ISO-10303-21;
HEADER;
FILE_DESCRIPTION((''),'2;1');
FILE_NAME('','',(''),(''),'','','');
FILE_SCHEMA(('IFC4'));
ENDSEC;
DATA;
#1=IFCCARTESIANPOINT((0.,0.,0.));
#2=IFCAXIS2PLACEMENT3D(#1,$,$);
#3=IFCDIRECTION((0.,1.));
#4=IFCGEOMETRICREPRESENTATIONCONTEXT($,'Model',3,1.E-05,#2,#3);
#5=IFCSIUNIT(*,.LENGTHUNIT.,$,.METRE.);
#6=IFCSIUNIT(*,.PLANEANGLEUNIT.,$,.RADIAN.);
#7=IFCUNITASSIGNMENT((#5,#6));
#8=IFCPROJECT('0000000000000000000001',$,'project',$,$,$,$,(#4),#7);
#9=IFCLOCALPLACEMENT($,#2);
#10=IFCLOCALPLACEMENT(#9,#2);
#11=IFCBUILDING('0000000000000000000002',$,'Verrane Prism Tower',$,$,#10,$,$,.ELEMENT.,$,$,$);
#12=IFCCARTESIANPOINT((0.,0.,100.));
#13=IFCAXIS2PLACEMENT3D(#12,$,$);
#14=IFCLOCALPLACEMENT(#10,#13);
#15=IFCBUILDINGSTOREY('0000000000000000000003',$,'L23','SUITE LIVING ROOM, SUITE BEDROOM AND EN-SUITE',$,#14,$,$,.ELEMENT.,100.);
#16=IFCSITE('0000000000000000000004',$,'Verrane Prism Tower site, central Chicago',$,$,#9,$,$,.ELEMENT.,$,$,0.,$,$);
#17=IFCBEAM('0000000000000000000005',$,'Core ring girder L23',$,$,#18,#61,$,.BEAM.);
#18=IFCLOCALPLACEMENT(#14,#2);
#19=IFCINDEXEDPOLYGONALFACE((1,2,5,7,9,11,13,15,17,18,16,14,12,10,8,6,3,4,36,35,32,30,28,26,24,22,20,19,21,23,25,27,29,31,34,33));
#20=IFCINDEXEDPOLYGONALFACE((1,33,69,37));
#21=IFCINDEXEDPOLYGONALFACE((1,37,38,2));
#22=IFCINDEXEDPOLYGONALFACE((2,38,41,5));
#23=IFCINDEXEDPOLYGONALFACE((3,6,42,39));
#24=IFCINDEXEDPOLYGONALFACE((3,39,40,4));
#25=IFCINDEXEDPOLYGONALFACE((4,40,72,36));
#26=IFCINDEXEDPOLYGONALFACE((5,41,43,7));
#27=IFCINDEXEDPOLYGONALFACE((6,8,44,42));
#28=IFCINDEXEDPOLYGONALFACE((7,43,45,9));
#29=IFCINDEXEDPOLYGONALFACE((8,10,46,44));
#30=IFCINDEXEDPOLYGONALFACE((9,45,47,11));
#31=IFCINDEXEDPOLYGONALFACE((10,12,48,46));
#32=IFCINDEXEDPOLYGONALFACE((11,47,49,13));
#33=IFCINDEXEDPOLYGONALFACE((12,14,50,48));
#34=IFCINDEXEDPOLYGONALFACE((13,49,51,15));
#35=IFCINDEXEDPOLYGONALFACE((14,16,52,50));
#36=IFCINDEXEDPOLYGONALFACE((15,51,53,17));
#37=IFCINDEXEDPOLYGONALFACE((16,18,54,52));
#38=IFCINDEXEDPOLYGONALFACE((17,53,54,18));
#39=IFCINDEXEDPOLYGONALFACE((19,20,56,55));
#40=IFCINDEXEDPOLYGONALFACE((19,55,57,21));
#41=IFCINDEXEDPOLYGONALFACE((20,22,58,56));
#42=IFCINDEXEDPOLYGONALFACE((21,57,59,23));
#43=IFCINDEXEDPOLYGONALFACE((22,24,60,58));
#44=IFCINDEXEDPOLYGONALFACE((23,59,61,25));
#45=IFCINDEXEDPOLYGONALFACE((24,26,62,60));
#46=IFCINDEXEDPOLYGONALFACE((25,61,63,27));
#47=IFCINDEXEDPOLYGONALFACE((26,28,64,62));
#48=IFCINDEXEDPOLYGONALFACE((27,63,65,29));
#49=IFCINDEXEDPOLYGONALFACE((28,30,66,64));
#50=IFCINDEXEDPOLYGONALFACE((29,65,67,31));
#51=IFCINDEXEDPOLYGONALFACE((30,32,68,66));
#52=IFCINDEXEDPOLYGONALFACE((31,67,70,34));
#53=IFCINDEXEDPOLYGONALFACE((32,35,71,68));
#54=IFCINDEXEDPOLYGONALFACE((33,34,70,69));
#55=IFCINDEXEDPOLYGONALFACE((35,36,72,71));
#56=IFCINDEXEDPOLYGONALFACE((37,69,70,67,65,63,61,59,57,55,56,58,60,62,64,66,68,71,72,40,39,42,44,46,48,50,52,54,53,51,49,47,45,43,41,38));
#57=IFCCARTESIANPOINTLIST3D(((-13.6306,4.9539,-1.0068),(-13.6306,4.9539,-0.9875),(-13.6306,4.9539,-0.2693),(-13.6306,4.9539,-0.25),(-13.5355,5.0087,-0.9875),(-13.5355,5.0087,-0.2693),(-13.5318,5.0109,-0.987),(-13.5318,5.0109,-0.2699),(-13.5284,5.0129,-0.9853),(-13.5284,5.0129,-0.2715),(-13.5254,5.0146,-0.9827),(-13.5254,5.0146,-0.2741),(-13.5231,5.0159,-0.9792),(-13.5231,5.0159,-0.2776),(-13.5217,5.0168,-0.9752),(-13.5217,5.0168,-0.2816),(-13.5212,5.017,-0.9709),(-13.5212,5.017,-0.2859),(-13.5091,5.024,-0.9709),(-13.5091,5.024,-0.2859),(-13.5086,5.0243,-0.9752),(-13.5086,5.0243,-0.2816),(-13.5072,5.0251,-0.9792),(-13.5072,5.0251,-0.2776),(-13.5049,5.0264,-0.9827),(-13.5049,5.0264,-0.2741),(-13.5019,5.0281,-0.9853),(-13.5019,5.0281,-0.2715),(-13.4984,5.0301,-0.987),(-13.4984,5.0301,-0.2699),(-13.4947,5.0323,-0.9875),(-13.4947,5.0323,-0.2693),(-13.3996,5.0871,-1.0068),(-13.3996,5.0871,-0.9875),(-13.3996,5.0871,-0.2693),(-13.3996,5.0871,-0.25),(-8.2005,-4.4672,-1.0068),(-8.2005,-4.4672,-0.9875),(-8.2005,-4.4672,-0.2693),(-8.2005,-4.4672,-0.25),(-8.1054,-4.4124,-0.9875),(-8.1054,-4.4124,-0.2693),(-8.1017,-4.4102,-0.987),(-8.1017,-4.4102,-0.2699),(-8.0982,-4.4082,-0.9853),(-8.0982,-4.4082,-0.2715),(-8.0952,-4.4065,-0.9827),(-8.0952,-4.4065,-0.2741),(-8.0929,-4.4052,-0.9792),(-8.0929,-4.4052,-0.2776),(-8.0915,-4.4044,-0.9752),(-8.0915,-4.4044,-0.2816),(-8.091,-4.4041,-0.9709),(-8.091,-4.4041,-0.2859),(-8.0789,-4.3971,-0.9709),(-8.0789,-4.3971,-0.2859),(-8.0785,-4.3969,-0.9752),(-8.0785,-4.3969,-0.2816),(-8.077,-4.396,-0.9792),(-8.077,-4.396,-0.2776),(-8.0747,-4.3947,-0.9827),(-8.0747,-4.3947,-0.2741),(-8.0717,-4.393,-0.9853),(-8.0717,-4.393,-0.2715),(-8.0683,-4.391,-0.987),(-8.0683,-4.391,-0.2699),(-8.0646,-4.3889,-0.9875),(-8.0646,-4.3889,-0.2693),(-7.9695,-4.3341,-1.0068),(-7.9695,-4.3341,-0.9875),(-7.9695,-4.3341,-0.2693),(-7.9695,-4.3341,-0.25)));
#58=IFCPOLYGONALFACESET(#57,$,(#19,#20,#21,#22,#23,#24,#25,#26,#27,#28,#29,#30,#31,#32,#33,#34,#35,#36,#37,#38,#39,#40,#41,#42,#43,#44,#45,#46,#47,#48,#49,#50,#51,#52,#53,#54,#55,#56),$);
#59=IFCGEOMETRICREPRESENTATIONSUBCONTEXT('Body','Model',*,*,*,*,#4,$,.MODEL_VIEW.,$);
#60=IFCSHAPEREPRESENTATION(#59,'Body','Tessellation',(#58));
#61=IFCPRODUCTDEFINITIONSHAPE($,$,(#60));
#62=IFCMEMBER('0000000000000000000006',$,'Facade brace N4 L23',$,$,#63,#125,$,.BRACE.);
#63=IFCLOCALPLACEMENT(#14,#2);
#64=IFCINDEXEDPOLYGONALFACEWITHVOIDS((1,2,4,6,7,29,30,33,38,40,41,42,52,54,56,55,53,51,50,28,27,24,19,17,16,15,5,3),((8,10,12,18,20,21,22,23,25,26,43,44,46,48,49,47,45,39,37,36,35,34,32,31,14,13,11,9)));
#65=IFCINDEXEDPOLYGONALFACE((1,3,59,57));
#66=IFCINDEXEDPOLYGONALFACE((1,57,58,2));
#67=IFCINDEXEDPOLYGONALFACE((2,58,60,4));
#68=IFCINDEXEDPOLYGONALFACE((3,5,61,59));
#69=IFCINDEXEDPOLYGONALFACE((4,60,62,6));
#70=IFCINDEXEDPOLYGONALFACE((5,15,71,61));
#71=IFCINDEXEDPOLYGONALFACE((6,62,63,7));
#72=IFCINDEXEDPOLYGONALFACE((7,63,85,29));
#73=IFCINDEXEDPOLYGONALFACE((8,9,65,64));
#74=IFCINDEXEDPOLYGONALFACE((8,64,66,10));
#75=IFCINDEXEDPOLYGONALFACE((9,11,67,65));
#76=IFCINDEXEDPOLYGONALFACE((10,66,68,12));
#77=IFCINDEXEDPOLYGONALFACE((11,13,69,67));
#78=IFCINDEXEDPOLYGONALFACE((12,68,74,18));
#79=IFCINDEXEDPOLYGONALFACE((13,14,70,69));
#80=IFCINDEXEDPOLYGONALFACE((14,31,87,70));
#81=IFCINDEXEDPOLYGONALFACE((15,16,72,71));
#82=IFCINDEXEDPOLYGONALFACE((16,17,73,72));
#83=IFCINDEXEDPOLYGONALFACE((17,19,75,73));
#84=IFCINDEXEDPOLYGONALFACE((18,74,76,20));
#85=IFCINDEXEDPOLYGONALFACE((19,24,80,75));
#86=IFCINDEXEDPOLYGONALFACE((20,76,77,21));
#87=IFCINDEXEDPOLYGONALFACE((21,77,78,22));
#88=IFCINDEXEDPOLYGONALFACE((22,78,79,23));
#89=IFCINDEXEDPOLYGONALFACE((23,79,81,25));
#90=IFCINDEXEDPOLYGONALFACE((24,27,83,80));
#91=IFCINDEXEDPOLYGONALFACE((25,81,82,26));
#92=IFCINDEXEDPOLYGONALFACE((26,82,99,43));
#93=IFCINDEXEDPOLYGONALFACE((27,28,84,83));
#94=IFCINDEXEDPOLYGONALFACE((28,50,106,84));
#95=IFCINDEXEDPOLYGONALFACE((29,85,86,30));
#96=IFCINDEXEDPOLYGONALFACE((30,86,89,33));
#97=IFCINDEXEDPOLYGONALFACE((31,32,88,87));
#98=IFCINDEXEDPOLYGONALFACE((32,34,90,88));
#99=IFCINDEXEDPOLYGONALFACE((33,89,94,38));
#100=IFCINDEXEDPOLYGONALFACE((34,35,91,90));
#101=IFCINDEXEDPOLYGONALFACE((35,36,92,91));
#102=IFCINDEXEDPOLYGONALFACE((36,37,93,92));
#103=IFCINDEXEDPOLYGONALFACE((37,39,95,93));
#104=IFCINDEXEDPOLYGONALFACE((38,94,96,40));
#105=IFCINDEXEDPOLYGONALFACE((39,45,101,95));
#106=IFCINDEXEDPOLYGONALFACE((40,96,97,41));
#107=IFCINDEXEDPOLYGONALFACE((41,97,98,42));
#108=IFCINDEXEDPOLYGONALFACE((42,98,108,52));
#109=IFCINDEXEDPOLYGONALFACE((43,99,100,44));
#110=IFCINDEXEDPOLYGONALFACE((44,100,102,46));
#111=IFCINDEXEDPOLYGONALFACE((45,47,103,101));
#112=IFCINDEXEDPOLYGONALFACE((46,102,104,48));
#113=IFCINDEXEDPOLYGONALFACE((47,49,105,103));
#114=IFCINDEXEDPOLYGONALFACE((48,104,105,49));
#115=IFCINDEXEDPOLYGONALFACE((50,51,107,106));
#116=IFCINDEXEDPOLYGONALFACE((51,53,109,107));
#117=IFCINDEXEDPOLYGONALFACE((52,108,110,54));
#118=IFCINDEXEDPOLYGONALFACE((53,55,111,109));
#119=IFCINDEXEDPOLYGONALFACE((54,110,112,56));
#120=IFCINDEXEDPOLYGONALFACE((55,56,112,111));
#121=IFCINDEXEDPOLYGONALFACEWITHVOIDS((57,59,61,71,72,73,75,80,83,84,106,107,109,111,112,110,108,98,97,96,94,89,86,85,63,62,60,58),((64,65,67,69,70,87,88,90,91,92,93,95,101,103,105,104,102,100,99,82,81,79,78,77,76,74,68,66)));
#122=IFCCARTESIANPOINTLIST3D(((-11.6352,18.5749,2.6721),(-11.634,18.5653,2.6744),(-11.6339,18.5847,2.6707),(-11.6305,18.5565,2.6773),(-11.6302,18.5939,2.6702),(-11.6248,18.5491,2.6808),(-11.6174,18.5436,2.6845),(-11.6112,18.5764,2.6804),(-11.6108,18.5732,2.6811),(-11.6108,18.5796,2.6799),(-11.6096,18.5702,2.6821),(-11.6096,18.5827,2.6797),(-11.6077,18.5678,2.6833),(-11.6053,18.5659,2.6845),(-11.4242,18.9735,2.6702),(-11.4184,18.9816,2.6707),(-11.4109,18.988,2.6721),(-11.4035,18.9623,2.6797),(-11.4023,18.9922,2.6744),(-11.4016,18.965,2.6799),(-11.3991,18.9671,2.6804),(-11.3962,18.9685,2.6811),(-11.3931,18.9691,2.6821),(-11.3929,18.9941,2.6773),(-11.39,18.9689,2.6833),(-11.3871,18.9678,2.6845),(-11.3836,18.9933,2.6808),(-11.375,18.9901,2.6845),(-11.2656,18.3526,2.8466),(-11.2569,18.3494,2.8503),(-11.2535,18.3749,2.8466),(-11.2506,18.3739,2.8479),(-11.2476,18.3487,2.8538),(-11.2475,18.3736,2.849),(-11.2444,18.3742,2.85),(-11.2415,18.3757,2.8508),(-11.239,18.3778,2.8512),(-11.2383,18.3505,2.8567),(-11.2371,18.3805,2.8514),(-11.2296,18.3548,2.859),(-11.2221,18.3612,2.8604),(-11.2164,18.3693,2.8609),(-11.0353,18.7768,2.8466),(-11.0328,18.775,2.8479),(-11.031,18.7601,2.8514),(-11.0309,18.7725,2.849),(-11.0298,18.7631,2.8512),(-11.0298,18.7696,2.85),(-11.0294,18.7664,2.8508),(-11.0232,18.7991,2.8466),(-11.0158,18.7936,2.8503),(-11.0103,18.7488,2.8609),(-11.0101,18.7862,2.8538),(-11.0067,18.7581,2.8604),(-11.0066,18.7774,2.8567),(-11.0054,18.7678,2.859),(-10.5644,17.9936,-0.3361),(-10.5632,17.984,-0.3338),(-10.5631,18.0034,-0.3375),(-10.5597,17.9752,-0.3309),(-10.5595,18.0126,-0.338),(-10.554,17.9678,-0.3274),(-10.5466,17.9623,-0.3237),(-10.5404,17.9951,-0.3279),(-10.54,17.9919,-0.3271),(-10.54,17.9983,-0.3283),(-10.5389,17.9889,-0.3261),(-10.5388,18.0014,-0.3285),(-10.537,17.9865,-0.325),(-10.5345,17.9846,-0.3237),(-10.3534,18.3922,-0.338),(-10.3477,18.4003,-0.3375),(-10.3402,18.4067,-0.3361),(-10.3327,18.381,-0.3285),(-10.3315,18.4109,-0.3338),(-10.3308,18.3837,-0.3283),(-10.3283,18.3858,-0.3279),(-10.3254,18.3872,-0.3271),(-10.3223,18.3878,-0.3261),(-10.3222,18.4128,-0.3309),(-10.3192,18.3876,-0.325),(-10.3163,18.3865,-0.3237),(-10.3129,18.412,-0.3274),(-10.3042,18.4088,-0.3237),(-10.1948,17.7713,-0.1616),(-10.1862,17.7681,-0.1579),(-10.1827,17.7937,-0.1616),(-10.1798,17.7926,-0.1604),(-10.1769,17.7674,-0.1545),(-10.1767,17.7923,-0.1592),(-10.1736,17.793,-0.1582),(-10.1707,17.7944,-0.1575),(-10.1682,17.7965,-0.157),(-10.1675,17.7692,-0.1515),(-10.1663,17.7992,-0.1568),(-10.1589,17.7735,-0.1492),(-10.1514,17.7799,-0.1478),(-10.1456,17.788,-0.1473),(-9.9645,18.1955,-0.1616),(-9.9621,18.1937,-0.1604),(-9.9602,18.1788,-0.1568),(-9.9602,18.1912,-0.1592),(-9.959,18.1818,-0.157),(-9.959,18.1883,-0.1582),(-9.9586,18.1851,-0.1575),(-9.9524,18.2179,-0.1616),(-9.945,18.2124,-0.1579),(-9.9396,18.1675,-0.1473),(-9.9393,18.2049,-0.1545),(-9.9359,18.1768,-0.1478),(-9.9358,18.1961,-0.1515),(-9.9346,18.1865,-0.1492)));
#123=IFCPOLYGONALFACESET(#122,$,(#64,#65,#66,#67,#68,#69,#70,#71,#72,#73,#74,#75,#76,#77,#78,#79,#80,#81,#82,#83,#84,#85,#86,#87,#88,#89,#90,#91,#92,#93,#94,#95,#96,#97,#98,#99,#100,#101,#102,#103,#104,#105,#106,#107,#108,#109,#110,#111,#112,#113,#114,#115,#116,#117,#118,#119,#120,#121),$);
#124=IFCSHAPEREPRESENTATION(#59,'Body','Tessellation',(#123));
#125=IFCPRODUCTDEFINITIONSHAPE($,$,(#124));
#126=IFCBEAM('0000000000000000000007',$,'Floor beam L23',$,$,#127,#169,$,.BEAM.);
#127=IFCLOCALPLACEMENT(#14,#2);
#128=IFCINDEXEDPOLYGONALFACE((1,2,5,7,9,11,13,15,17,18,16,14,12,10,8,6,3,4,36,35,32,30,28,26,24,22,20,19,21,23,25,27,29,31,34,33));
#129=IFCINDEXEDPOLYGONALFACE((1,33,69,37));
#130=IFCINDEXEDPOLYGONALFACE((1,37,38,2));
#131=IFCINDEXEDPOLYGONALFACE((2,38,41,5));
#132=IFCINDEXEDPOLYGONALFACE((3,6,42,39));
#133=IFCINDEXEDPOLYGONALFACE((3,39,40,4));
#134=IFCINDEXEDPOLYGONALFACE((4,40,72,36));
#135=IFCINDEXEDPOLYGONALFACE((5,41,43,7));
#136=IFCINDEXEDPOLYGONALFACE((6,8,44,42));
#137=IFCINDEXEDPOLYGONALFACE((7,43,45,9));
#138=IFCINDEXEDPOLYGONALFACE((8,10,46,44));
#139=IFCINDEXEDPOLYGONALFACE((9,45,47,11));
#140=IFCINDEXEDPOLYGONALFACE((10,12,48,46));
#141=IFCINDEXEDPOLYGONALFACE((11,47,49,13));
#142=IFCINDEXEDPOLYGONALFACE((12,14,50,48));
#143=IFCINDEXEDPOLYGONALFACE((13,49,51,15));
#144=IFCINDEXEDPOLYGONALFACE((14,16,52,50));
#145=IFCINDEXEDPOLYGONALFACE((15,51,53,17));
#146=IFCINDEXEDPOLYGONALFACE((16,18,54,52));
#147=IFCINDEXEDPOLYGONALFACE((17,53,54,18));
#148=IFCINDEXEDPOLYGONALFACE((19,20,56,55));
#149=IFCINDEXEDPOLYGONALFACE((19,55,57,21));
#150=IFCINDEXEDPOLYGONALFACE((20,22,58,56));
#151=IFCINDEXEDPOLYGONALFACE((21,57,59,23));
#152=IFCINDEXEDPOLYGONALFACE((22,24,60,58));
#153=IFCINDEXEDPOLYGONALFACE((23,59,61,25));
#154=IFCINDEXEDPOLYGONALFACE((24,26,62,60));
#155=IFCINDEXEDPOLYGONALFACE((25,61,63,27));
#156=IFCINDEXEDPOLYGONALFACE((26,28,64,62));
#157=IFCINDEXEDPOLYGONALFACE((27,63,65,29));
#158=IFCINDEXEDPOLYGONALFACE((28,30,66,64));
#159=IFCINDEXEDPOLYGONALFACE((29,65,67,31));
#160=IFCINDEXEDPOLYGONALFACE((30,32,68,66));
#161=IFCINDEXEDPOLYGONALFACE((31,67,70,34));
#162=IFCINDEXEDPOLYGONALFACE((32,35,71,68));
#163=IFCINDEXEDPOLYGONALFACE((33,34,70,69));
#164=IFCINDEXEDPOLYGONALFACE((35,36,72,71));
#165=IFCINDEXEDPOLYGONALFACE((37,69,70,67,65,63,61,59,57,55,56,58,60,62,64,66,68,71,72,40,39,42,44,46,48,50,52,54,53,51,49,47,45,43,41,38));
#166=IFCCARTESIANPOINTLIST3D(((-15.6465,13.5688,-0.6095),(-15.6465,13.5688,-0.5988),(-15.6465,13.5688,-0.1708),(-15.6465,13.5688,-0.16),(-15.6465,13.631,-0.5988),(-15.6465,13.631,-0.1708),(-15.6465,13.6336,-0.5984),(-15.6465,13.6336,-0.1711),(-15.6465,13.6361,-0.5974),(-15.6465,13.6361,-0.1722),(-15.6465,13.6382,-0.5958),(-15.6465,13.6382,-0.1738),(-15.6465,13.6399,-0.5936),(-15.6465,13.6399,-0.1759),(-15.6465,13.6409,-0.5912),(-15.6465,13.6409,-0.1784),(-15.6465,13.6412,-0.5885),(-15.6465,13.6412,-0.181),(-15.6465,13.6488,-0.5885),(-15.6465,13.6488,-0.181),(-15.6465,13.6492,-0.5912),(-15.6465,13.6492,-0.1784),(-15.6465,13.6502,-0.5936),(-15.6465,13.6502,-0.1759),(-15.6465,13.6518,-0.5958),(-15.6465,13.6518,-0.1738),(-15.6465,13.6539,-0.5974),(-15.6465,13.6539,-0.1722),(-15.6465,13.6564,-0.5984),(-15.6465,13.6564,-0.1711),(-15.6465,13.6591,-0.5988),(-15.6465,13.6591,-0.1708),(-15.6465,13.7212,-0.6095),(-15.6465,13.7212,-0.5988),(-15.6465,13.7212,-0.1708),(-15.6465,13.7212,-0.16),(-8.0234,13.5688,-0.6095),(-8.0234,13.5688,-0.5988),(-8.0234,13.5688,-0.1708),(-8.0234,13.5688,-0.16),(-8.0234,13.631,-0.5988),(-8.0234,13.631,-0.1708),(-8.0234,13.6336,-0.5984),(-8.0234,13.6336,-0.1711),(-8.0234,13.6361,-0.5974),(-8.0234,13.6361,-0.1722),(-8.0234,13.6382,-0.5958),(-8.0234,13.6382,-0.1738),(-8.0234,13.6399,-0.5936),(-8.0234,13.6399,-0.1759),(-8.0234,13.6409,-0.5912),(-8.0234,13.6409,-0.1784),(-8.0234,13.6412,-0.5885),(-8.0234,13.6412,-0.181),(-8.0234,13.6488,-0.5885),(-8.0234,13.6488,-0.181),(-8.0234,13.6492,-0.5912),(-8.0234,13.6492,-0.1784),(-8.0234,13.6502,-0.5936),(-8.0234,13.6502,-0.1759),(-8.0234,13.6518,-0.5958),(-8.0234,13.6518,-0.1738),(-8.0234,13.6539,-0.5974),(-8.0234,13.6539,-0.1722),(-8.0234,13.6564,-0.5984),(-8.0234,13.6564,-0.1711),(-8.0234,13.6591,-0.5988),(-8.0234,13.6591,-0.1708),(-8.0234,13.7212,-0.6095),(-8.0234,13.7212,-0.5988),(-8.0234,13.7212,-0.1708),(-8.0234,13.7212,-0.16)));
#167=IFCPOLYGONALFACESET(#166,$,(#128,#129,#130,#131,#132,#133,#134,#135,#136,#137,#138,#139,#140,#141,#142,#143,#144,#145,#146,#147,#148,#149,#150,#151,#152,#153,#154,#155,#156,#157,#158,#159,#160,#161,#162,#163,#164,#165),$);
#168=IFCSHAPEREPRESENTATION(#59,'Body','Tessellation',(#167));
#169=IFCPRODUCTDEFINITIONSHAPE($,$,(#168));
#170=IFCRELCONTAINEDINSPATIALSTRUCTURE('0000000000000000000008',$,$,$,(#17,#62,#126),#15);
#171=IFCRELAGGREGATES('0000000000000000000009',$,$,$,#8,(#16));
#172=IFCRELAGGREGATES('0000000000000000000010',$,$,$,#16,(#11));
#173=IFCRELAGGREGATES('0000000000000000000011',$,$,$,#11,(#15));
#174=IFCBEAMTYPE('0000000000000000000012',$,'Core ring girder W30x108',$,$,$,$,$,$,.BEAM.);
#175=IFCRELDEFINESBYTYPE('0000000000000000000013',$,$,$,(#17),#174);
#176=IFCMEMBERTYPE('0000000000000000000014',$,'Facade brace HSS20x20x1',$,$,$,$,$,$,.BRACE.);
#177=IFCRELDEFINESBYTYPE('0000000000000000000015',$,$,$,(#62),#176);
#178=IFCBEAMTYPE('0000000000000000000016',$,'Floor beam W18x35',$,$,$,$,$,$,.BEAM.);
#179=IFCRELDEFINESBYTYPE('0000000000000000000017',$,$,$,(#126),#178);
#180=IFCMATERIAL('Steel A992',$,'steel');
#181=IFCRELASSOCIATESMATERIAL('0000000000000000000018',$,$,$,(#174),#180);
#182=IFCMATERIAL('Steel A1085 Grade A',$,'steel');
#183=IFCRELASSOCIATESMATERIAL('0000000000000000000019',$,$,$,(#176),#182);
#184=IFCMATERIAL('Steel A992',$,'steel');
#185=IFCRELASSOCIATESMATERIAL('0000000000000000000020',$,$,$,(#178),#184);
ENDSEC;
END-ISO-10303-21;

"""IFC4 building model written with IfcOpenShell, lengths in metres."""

from ifc_helpers import new_model, si_unit, direction, frame, origin, origin_2d, place, context, subcontext, project, spatial, hollow_rectangle, i_section, extrude, material, material_profile, profile_set, type_object, element, save


model = new_model("IFC4")

# Units and contexts
model_context = context("Model", 3, precision=1e-05, world=origin(), true_north=direction((0.0, 1.0)))
body_context = subcontext(model_context, "Body", "Model", "MODEL_VIEW")
ifc_project = project(units=[si_unit("LENGTHUNIT", "METRE"), si_unit("PLANEANGLEUNIT", "RADIAN")], contexts=[model_context])

# Site, building, storey
site_placement = place(None, origin())
site = spatial("IfcSite", under=ifc_project, at=site_placement, Name="Verrane Prism Tower site, central Chicago", CompositionType="ELEMENT", RefElevation=0.0)
building_placement = place(site_placement, origin())
building = spatial("IfcBuilding", under=site, at=building_placement, Name="Verrane Prism Tower", CompositionType="ELEMENT")
storey_placement = place(building_placement, frame((0.0, 0.0, 100.0)))
storey = spatial("IfcBuildingStorey", under=building, at=storey_placement, Name="L23", Description="SUITE LIVING ROOM, SUITE BEDROOM AND EN-SUITE", CompositionType="ELEMENT", Elevation=100.0)

# Beam
ifc_material_1 = material(Name="Steel A992", Category="steel")
ifc_material_profile_1 = material_profile(ifc_material_1, i_section(OverallWidth=0.2666, OverallDepth=0.7568, WebThickness=0.0139, FlangeThickness=0.0193, FilletRadius=0.0166, at=origin_2d()), Name="W30x108")
ifc_profile_set_1 = profile_set([ifc_material_profile_1], Name="Steel A992")
beam_type_1 = type_object("IfcBeamType", Name="Core ring girder W30x108", PredefinedType="BEAM", material=ifc_profile_set_1)
beam_1_placement = place(storey_placement, frame((-13.5151, 5.0205, -0.6284), z_axis=(0.499371, -0.866388, 0.0), x_axis=(0.866388, 0.499371, 0.0)))
element("IfcBeam", 1, at=beam_1_placement, inside=storey, type_object=beam_type_1, Name="Core ring girder L23", PredefinedType="BEAM", context=body_context, shape_type="SweptSolid", body=[
    extrude(i_section(OverallWidth=0.2666, OverallDepth=0.7568, WebThickness=0.0139, FlangeThickness=0.0193, FilletRadius=0.0166, at=origin_2d()), origin(), (0.0, 0.0, 1.0), 10.874),
])

# Member
ifc_material_2 = material(Name="Steel A1085 Grade A", Category="steel")
ifc_material_profile_2 = material_profile(ifc_material_2, hollow_rectangle(XDim=0.5081, YDim=0.5081, WallThickness=0.0254, InnerFilletRadius=0.0127, OuterFilletRadius=0.0381, at=origin_2d()), Name="HSS20x20x1")
ifc_profile_set_2 = profile_set([ifc_material_profile_2], Name="Steel A1085 Grade A")
member_type_1 = type_object("IfcMemberType", Name="Facade brace HSS20x20x1", PredefinedType="BRACE", material=ifc_profile_set_2)
member_1_placement = place(storey_placement, frame((-10.2495, 18.0901, -0.2427), z_axis=(-0.329916, 0.1791, 0.926865), x_axis=(-0.477096, -0.878851, 0.0)))
element("IfcMember", 2, at=member_1_placement, inside=storey, type_object=member_type_1, Name="Facade brace N4 L23", PredefinedType="BRACE", context=body_context, shape_type="SweptSolid", body=[
    extrude(hollow_rectangle(XDim=0.5081, YDim=0.5081, WallThickness=0.0254, InnerFilletRadius=0.0127, OuterFilletRadius=0.0381, at=origin_2d()), origin(), (0.0, 0.0, 1.0), 3.2456),
])

# Beam
ifc_material_3 = material(Name="Steel A992", Category="steel")
ifc_material_profile_3 = material_profile(ifc_material_3, i_section(OverallWidth=0.1523, OverallDepth=0.4495, WebThickness=0.0076, FlangeThickness=0.0107, FilletRadius=0.0103, at=origin_2d()), Name="W18x35")
ifc_profile_set_3 = profile_set([ifc_material_profile_3], Name="Steel A992")
beam_type_2 = type_object("IfcBeamType", Name="Floor beam W18x35", PredefinedType="BEAM", material=ifc_profile_set_3)
beam_2_placement = place(storey_placement, frame((-15.6465, 13.645, -0.3848), z_axis=(1.0, 0.0, 0.0), x_axis=(0.0, 1.0, 0.0)))
element("IfcBeam", 3, at=beam_2_placement, inside=storey, type_object=beam_type_2, Name="Floor beam L23", PredefinedType="BEAM", context=body_context, shape_type="SweptSolid", body=[
    extrude(i_section(OverallWidth=0.1523, OverallDepth=0.4495, WebThickness=0.0076, FlangeThickness=0.0107, FilletRadius=0.0103, at=origin_2d()), origin(), (0.0, 0.0, 1.0), 7.623),
])

save(model, "model.ifc")
